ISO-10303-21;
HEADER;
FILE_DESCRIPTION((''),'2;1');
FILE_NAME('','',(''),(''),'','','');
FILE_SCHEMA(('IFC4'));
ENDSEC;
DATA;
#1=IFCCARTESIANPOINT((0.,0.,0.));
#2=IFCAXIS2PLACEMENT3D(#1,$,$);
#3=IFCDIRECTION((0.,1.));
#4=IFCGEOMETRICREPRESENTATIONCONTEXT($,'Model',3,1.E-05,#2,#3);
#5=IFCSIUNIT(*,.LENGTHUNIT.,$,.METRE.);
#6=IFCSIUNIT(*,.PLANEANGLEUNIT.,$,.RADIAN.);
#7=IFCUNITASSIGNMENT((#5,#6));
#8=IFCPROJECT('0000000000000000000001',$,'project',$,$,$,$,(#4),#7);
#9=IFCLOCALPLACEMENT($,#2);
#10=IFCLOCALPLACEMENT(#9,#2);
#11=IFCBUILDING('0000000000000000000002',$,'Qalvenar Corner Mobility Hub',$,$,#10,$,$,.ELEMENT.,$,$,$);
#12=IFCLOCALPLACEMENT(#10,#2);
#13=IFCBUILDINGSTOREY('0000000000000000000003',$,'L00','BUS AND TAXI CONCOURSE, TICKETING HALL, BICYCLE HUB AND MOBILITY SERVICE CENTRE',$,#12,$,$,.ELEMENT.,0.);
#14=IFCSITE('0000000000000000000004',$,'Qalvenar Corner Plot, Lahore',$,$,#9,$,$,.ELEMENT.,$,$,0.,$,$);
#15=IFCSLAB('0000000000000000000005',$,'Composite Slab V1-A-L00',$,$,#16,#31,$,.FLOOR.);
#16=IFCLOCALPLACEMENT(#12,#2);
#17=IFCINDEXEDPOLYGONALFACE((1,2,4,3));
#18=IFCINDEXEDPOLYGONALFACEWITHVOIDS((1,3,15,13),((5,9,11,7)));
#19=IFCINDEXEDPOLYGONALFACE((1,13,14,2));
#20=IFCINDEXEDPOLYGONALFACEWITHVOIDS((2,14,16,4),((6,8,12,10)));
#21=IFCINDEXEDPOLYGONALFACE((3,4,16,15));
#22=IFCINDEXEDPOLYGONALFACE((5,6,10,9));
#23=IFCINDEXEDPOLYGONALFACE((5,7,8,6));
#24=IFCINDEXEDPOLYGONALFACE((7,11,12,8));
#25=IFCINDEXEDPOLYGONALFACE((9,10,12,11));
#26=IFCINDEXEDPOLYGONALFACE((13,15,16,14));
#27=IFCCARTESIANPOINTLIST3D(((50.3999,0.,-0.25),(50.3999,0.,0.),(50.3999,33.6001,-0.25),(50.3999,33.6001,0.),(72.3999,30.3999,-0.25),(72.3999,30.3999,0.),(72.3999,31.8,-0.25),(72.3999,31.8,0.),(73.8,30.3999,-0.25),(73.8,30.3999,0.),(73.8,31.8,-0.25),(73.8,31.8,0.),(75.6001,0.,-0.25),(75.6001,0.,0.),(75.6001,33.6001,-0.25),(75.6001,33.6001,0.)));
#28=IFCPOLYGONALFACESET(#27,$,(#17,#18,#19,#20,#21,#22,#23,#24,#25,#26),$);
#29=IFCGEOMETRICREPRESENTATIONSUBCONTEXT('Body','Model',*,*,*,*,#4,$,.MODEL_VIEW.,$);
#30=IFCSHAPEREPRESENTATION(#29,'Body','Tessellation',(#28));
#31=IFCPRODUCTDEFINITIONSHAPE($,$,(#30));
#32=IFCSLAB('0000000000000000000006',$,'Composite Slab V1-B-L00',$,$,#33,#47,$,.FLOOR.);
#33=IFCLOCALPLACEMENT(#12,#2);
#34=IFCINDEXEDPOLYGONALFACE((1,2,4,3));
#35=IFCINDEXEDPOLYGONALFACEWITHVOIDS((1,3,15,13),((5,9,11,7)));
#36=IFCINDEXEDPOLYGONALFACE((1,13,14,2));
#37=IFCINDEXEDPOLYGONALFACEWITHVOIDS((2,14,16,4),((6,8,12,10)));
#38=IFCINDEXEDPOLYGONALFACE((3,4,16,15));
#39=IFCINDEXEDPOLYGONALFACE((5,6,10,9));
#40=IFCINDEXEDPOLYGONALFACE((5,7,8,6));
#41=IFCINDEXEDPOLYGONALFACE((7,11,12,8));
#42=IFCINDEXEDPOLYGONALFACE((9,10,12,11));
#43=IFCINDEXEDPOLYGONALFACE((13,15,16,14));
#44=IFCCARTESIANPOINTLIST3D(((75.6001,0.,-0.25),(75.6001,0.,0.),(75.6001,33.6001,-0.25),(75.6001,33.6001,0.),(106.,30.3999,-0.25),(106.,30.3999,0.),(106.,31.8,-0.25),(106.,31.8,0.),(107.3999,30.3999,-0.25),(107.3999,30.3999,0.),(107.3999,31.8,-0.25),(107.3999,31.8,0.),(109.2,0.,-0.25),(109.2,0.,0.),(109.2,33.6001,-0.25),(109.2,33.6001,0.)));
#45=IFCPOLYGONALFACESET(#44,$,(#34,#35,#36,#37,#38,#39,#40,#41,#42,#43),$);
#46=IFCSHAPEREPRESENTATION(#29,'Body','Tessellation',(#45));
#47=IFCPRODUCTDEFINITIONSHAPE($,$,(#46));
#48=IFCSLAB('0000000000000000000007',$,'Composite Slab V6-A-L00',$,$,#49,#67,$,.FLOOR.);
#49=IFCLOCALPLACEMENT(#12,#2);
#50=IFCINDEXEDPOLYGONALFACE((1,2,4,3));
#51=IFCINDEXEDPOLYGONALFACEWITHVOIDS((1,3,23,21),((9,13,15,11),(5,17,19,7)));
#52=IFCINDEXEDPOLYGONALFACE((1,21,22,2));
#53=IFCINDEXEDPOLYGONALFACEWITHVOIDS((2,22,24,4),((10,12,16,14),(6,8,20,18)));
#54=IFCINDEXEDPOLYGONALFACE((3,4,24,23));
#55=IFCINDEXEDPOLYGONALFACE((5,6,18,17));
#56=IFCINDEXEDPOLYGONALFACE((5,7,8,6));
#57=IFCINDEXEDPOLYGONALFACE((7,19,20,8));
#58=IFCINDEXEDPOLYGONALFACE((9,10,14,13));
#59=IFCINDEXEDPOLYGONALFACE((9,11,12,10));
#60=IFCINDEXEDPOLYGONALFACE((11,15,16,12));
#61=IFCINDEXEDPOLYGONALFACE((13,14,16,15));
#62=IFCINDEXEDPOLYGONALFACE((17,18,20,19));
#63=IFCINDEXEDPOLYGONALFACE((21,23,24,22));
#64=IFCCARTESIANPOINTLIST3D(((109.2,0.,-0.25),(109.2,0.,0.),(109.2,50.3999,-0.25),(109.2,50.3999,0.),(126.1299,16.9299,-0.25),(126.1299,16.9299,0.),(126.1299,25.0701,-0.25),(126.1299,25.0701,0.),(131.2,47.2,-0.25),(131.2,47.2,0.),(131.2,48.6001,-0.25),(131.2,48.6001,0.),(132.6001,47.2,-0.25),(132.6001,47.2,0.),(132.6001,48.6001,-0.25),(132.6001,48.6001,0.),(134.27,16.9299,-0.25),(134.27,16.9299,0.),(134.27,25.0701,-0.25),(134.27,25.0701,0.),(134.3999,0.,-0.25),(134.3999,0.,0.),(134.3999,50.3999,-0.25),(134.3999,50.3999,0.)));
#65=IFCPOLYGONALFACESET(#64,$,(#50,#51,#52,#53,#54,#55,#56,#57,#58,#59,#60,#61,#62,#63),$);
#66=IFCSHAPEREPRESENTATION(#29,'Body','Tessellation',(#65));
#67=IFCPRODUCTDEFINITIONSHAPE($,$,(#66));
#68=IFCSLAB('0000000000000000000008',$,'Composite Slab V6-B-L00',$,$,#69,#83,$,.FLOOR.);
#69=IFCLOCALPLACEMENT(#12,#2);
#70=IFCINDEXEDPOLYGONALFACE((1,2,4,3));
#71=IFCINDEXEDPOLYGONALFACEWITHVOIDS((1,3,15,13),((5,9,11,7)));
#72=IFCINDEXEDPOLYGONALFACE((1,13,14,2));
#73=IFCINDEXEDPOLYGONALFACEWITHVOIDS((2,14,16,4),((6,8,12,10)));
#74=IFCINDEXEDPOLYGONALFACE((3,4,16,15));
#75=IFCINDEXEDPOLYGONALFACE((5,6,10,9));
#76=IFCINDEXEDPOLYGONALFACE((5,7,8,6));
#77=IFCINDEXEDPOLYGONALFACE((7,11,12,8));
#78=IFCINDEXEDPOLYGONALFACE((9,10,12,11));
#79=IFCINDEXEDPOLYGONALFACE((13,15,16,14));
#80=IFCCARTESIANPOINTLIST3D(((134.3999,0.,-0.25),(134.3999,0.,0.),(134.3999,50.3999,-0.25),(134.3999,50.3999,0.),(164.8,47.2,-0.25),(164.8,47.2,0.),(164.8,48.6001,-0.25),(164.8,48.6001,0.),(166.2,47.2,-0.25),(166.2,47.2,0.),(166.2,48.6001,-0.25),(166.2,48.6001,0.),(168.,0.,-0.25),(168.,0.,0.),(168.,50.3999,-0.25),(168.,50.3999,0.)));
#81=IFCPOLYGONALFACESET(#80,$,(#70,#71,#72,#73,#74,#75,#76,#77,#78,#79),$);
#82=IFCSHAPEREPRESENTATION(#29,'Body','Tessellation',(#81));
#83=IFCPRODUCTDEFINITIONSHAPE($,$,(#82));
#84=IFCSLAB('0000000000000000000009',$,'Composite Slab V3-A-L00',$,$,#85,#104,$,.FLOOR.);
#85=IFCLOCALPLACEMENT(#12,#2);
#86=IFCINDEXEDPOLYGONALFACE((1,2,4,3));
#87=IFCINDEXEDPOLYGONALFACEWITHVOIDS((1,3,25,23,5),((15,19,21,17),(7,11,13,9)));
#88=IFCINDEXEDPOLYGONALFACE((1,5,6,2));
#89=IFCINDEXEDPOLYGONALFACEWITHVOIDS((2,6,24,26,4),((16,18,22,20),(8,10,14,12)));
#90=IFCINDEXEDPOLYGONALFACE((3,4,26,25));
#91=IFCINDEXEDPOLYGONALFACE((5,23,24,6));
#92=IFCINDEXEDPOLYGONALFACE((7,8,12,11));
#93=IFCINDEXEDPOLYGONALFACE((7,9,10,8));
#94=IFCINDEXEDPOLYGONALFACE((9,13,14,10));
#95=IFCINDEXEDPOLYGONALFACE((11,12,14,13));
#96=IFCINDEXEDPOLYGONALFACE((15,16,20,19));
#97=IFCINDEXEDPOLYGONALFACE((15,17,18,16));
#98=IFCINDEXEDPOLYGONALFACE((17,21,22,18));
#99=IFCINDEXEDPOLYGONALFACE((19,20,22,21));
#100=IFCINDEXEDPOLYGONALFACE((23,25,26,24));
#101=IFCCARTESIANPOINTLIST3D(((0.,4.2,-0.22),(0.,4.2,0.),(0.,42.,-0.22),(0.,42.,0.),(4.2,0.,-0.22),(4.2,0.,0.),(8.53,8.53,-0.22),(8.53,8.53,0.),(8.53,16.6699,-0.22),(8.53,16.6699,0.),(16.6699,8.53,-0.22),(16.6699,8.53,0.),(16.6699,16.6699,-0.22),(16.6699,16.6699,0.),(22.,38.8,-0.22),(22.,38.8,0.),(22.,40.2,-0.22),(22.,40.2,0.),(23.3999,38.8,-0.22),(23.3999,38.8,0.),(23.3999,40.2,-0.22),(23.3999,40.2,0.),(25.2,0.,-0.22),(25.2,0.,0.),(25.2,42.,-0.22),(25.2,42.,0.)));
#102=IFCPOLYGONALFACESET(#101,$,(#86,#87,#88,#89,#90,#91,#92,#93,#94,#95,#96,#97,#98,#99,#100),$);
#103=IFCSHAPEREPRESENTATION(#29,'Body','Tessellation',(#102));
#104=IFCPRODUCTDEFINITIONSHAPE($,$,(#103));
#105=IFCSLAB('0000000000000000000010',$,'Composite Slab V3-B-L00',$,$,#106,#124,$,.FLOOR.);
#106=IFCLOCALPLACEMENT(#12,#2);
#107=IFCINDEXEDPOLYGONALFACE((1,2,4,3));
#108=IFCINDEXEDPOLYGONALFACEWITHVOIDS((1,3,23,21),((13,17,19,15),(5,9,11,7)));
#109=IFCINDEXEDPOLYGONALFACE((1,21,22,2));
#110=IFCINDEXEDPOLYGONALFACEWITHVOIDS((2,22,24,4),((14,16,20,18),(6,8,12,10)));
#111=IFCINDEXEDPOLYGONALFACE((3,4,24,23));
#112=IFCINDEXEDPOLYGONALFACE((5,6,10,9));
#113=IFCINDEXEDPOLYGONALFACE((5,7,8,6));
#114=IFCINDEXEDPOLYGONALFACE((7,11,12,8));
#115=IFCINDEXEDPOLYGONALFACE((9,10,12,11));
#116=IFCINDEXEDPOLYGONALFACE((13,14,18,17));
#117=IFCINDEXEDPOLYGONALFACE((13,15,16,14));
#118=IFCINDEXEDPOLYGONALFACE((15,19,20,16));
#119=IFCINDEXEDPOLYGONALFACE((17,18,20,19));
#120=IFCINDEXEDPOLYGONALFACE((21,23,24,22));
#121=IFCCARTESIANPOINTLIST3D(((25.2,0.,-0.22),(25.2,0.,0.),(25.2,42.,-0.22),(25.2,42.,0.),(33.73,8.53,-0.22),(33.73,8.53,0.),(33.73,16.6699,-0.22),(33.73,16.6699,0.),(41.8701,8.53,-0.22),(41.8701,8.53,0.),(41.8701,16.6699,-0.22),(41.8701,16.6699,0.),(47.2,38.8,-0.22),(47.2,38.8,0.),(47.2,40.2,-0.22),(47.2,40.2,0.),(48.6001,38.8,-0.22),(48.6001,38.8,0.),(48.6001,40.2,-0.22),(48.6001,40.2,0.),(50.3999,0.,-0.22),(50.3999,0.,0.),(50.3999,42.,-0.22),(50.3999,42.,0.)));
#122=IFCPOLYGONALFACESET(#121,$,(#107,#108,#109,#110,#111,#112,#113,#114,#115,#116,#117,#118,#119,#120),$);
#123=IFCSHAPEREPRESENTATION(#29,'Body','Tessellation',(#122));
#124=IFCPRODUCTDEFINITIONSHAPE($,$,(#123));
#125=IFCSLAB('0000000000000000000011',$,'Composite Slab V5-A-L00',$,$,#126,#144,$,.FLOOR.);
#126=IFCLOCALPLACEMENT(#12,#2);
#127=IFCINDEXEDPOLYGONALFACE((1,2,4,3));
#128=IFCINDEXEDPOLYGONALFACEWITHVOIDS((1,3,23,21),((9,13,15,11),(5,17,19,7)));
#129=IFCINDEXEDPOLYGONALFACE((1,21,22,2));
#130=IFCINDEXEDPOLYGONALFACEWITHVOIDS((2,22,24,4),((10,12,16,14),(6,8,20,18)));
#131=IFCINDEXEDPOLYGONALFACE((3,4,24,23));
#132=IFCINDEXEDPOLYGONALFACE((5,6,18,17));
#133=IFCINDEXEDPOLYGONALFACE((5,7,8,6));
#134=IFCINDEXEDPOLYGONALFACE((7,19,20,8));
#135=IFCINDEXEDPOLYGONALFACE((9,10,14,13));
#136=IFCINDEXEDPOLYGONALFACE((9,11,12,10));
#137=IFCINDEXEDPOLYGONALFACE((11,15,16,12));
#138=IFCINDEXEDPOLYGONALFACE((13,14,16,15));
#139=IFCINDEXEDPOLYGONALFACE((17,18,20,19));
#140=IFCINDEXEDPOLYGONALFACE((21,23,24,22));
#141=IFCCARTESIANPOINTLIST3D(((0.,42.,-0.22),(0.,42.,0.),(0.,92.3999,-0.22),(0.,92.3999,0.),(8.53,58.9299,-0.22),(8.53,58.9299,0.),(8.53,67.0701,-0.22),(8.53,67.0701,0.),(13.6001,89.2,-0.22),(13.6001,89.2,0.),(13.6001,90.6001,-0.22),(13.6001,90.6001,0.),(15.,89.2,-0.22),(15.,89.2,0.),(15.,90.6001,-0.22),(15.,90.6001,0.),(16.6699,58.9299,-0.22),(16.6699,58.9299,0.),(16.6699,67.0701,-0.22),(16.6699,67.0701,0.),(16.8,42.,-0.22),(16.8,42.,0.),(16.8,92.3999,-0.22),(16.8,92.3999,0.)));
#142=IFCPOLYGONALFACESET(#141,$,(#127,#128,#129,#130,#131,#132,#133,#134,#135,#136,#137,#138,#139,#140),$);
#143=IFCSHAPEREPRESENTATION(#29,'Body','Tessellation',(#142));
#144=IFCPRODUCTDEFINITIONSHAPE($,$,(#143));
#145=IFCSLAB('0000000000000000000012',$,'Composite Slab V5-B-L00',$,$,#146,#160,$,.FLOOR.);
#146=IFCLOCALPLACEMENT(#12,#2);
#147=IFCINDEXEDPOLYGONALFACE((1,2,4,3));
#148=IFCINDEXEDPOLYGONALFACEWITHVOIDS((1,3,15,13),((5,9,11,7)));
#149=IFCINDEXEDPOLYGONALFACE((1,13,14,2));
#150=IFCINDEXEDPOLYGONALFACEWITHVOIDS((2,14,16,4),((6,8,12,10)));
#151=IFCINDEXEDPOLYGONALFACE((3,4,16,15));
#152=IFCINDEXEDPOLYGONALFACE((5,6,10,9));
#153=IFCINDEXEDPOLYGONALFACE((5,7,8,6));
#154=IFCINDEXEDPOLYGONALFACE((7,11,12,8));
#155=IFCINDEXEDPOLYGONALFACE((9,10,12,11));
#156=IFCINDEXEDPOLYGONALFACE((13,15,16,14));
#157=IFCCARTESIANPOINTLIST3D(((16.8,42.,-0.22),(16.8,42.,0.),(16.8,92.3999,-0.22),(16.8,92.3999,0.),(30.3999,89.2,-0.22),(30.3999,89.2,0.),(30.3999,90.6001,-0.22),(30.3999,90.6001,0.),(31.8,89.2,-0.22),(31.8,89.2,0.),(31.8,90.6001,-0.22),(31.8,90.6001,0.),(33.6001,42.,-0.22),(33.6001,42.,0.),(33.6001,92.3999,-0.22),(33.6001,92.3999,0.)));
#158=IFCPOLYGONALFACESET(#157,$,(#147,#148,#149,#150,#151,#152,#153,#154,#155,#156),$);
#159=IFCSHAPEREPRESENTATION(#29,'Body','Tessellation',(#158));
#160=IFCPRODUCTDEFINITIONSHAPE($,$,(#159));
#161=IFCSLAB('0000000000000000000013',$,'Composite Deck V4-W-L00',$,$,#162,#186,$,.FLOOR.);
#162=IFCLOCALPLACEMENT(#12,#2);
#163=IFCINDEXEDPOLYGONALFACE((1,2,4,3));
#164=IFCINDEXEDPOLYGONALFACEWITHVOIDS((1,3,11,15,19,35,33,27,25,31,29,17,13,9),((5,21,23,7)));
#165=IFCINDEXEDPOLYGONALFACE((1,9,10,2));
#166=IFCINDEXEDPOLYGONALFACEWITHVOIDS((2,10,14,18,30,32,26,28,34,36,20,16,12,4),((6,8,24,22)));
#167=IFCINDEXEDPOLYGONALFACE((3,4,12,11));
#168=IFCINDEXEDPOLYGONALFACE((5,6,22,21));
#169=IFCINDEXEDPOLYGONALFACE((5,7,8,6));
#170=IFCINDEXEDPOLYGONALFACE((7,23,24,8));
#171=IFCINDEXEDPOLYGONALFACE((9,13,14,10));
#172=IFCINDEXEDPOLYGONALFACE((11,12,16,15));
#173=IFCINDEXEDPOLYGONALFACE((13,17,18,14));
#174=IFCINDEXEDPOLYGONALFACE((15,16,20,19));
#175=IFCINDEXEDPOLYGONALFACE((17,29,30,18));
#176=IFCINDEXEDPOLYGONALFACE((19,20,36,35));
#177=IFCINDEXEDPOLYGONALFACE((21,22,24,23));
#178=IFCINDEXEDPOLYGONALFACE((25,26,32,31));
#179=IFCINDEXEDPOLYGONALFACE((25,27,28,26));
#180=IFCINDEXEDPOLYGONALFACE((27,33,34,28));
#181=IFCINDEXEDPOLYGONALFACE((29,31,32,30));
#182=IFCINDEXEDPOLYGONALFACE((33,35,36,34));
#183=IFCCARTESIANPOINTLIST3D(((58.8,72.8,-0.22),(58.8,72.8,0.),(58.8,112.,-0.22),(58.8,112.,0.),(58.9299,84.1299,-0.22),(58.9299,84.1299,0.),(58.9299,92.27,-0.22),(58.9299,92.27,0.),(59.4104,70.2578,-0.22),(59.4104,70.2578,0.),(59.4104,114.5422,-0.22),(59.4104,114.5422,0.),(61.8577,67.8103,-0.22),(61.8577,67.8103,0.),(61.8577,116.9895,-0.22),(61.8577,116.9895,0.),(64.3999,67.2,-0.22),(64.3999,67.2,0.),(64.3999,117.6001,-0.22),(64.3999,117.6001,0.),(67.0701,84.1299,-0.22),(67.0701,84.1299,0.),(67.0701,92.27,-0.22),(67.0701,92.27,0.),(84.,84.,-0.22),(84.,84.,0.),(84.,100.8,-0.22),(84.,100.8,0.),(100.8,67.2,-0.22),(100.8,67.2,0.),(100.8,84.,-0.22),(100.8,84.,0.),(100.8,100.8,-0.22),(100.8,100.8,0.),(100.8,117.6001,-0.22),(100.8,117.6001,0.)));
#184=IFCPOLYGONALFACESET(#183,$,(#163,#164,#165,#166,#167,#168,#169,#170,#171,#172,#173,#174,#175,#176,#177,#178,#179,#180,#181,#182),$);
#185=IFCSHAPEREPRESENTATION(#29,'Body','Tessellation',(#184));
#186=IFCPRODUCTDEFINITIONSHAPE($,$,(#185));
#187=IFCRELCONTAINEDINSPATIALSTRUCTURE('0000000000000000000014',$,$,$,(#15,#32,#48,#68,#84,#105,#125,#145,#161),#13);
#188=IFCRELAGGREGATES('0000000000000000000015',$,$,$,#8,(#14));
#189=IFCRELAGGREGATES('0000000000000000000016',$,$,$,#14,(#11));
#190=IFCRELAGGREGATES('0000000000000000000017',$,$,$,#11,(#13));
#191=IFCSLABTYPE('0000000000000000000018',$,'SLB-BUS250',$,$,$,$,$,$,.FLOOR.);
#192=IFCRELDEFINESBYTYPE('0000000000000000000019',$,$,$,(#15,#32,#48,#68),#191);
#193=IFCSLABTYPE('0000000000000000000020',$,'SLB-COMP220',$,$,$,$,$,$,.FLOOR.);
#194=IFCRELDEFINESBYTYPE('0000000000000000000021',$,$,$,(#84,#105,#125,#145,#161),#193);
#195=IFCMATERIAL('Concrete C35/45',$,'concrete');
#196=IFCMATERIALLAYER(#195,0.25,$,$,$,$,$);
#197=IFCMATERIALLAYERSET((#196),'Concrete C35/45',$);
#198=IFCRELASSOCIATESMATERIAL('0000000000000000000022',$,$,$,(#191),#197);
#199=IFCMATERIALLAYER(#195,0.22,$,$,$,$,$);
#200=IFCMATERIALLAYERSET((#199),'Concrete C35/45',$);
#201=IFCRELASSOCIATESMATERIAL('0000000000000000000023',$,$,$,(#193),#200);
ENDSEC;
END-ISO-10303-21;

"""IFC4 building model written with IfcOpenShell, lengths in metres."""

from ifc_helpers import new_model, si_unit, direction, frame, origin, place, context, subcontext, project, spatial, polyline, outline, extrude, material, layer, layer_set, type_object, element, save


model = new_model("IFC4")

# Units and contexts
model_context = context("Model", 3, precision=1e-05, world=origin(), true_north=direction((0.0, 1.0)))
body_context = subcontext(model_context, "Body", "Model", "MODEL_VIEW")
ifc_project = project(units=[si_unit("LENGTHUNIT", "METRE"), si_unit("PLANEANGLEUNIT", "RADIAN")], contexts=[model_context])

# Site, building, storey
site_placement = place(None, origin())
site = spatial("IfcSite", under=ifc_project, at=site_placement, Name="Qalvenar Corner Plot, Lahore", CompositionType="ELEMENT", RefElevation=0.0)
building_placement = place(site_placement, origin())
building = spatial("IfcBuilding", under=site, at=building_placement, Name="Qalvenar Corner Mobility Hub", CompositionType="ELEMENT")
storey_placement = place(building_placement, origin())
storey = spatial("IfcBuildingStorey", under=building, at=storey_placement, Name="L00", Description="BUS AND TAXI CONCOURSE, TICKETING HALL, BICYCLE HUB AND MOBILITY SERVICE CENTRE", CompositionType="ELEMENT", Elevation=0.0)

# Slabs
ifc_material_1 = material(Name="Concrete C35/45", Category="concrete")
ifc_layer_1 = layer(ifc_material_1, 0.25)
ifc_layer_set_1 = layer_set([ifc_layer_1], Name="Concrete C35/45")
slab_type_1 = type_object("IfcSlabType", Name="SLB-BUS250", PredefinedType="FLOOR", material=ifc_layer_set_1)
slab_1_placement = place(storey_placement, frame((0.0, 0.0, -0.25)))
element("IfcSlab", 1, at=slab_1_placement, inside=storey, type_object=slab_type_1, Name="Composite Slab V1-A-L00", PredefinedType="FLOOR", context=body_context, shape_type="SweptSolid", body=[
    extrude(outline(polyline([(50.3999, 0.0), (75.6001, 0.0), (75.6001, 33.6001), (50.3999, 33.6001), (50.3999, 0.0)]), holes=[polyline([(72.3999, 30.3999), (73.8, 30.3999), (73.8, 31.8), (72.3999, 31.8), (72.3999, 30.3999)])]), origin(), (0.0, 0.0, 1.0), 0.25),
])
slab_2_placement = place(storey_placement, frame((0.0, 0.0, -0.25)))
element("IfcSlab", 2, at=slab_2_placement, inside=storey, type_object=slab_type_1, Name="Composite Slab V1-B-L00", PredefinedType="FLOOR", context=body_context, shape_type="SweptSolid", body=[
    extrude(outline(polyline([(75.6001, 0.0), (109.2, 0.0), (109.2, 33.6001), (75.6001, 33.6001), (75.6001, 0.0)]), holes=[polyline([(106.0, 30.3999), (107.3999, 30.3999), (107.3999, 31.8), (106.0, 31.8), (106.0, 30.3999)])]), origin(), (0.0, 0.0, 1.0), 0.25),
])
slab_3_placement = place(storey_placement, frame((0.0, 0.0, -0.25)))
element("IfcSlab", 3, at=slab_3_placement, inside=storey, type_object=slab_type_1, Name="Composite Slab V6-A-L00", PredefinedType="FLOOR", context=body_context, shape_type="SweptSolid", body=[
    extrude(outline(polyline([(109.2, 0.0), (134.3999, 0.0), (134.3999, 50.3999), (109.2, 50.3999), (109.2, 0.0)]), holes=[polyline([(126.1299, 16.9299), (134.27, 16.9299), (134.27, 25.0701), (126.1299, 25.0701), (126.1299, 16.9299)]), polyline([(131.2, 47.2), (132.6001, 47.2), (132.6001, 48.6001), (131.2, 48.6001), (131.2, 47.2)])]), origin(), (0.0, 0.0, 1.0), 0.25),
])
slab_4_placement = place(storey_placement, frame((0.0, 0.0, -0.25)))
element("IfcSlab", 4, at=slab_4_placement, inside=storey, type_object=slab_type_1, Name="Composite Slab V6-B-L00", PredefinedType="FLOOR", context=body_context, shape_type="SweptSolid", body=[
    extrude(outline(polyline([(134.3999, 0.0), (168.0, 0.0), (168.0, 50.3999), (134.3999, 50.3999), (134.3999, 0.0)]), holes=[polyline([(164.8, 47.2), (166.2, 47.2), (166.2, 48.6001), (164.8, 48.6001), (164.8, 47.2)])]), origin(), (0.0, 0.0, 1.0), 0.25),
])
ifc_layer_2 = layer(ifc_material_1, 0.22)
ifc_layer_set_2 = layer_set([ifc_layer_2], Name="Concrete C35/45")
slab_type_2 = type_object("IfcSlabType", Name="SLB-COMP220", PredefinedType="FLOOR", material=ifc_layer_set_2)
slab_5_placement = place(storey_placement, frame((0.0, 0.0, -0.22)))
element("IfcSlab", 5, at=slab_5_placement, inside=storey, type_object=slab_type_2, Name="Composite Slab V3-A-L00", PredefinedType="FLOOR", context=body_context, shape_type="SweptSolid", body=[
    extrude(outline(polyline([(4.2, 0.0), (25.2, 0.0), (25.2, 42.0), (0.0, 42.0), (0.0, 4.2), (4.2, 0.0)]), holes=[polyline([(8.53, 8.53), (16.6699, 8.53), (16.6699, 16.6699), (8.53, 16.6699), (8.53, 8.53)]), polyline([(22.0, 38.8), (23.3999, 38.8), (23.3999, 40.2), (22.0, 40.2), (22.0, 38.8)])]), origin(), (0.0, 0.0, 1.0), 0.22),
])
slab_6_placement = place(storey_placement, frame((0.0, 0.0, -0.22)))
element("IfcSlab", 6, at=slab_6_placement, inside=storey, type_object=slab_type_2, Name="Composite Slab V3-B-L00", PredefinedType="FLOOR", context=body_context, shape_type="SweptSolid", body=[
    extrude(outline(polyline([(25.2, 0.0), (50.3999, 0.0), (50.3999, 42.0), (25.2, 42.0), (25.2, 0.0)]), holes=[polyline([(33.73, 8.53), (41.8701, 8.53), (41.8701, 16.6699), (33.73, 16.6699), (33.73, 8.53)]), polyline([(47.2, 38.8), (48.6001, 38.8), (48.6001, 40.2), (47.2, 40.2), (47.2, 38.8)])]), origin(), (0.0, 0.0, 1.0), 0.22),
])
slab_7_placement = place(storey_placement, frame((0.0, 0.0, -0.22)))
element("IfcSlab", 7, at=slab_7_placement, inside=storey, type_object=slab_type_2, Name="Composite Slab V5-A-L00", PredefinedType="FLOOR", context=body_context, shape_type="SweptSolid", body=[
    extrude(outline(polyline([(0.0, 42.0), (16.8, 42.0), (16.8, 92.3999), (0.0, 92.3999), (0.0, 42.0)]), holes=[polyline([(8.53, 58.9299), (16.6699, 58.9299), (16.6699, 67.0701), (8.53, 67.0701), (8.53, 58.9299)]), polyline([(13.6001, 89.2), (15.0, 89.2), (15.0, 90.6001), (13.6001, 90.6001), (13.6001, 89.2)])]), origin(), (0.0, 0.0, 1.0), 0.22),
])
slab_8_placement = place(storey_placement, frame((0.0, 0.0, -0.22)))
element("IfcSlab", 8, at=slab_8_placement, inside=storey, type_object=slab_type_2, Name="Composite Slab V5-B-L00", PredefinedType="FLOOR", context=body_context, shape_type="SweptSolid", body=[
    extrude(outline(polyline([(16.8, 42.0), (33.6001, 42.0), (33.6001, 92.3999), (16.8, 92.3999), (16.8, 42.0)]), holes=[polyline([(30.3999, 89.2), (31.8, 89.2), (31.8, 90.6001), (30.3999, 90.6001), (30.3999, 89.2)])]), origin(), (0.0, 0.0, 1.0), 0.22),
])
slab_9_placement = place(storey_placement, frame((0.0, 0.0, -0.22)))
element("IfcSlab", 9, at=slab_9_placement, inside=storey, type_object=slab_type_2, Name="Composite Deck V4-W-L00", PredefinedType="FLOOR", context=body_context, shape_type="SweptSolid", body=[
    extrude(outline(polyline([(64.3999, 67.2), (100.8, 67.2), (100.8, 84.0), (84.0, 84.0), (84.0, 100.8), (100.8, 100.8), (100.8, 117.6001), (64.3999, 117.6001), (61.8577, 116.9895), (59.4104, 114.5422), (58.8, 112.0), (58.8, 72.8), (59.4104, 70.2578), (61.8577, 67.8103), (64.3999, 67.2)]), holes=[polyline([(58.9299, 84.1299), (67.0701, 84.1299), (67.0701, 92.27), (58.9299, 92.27), (58.9299, 84.1299)])]), origin(), (0.0, 0.0, 1.0), 0.22),
])

save(model, "model.ifc")
